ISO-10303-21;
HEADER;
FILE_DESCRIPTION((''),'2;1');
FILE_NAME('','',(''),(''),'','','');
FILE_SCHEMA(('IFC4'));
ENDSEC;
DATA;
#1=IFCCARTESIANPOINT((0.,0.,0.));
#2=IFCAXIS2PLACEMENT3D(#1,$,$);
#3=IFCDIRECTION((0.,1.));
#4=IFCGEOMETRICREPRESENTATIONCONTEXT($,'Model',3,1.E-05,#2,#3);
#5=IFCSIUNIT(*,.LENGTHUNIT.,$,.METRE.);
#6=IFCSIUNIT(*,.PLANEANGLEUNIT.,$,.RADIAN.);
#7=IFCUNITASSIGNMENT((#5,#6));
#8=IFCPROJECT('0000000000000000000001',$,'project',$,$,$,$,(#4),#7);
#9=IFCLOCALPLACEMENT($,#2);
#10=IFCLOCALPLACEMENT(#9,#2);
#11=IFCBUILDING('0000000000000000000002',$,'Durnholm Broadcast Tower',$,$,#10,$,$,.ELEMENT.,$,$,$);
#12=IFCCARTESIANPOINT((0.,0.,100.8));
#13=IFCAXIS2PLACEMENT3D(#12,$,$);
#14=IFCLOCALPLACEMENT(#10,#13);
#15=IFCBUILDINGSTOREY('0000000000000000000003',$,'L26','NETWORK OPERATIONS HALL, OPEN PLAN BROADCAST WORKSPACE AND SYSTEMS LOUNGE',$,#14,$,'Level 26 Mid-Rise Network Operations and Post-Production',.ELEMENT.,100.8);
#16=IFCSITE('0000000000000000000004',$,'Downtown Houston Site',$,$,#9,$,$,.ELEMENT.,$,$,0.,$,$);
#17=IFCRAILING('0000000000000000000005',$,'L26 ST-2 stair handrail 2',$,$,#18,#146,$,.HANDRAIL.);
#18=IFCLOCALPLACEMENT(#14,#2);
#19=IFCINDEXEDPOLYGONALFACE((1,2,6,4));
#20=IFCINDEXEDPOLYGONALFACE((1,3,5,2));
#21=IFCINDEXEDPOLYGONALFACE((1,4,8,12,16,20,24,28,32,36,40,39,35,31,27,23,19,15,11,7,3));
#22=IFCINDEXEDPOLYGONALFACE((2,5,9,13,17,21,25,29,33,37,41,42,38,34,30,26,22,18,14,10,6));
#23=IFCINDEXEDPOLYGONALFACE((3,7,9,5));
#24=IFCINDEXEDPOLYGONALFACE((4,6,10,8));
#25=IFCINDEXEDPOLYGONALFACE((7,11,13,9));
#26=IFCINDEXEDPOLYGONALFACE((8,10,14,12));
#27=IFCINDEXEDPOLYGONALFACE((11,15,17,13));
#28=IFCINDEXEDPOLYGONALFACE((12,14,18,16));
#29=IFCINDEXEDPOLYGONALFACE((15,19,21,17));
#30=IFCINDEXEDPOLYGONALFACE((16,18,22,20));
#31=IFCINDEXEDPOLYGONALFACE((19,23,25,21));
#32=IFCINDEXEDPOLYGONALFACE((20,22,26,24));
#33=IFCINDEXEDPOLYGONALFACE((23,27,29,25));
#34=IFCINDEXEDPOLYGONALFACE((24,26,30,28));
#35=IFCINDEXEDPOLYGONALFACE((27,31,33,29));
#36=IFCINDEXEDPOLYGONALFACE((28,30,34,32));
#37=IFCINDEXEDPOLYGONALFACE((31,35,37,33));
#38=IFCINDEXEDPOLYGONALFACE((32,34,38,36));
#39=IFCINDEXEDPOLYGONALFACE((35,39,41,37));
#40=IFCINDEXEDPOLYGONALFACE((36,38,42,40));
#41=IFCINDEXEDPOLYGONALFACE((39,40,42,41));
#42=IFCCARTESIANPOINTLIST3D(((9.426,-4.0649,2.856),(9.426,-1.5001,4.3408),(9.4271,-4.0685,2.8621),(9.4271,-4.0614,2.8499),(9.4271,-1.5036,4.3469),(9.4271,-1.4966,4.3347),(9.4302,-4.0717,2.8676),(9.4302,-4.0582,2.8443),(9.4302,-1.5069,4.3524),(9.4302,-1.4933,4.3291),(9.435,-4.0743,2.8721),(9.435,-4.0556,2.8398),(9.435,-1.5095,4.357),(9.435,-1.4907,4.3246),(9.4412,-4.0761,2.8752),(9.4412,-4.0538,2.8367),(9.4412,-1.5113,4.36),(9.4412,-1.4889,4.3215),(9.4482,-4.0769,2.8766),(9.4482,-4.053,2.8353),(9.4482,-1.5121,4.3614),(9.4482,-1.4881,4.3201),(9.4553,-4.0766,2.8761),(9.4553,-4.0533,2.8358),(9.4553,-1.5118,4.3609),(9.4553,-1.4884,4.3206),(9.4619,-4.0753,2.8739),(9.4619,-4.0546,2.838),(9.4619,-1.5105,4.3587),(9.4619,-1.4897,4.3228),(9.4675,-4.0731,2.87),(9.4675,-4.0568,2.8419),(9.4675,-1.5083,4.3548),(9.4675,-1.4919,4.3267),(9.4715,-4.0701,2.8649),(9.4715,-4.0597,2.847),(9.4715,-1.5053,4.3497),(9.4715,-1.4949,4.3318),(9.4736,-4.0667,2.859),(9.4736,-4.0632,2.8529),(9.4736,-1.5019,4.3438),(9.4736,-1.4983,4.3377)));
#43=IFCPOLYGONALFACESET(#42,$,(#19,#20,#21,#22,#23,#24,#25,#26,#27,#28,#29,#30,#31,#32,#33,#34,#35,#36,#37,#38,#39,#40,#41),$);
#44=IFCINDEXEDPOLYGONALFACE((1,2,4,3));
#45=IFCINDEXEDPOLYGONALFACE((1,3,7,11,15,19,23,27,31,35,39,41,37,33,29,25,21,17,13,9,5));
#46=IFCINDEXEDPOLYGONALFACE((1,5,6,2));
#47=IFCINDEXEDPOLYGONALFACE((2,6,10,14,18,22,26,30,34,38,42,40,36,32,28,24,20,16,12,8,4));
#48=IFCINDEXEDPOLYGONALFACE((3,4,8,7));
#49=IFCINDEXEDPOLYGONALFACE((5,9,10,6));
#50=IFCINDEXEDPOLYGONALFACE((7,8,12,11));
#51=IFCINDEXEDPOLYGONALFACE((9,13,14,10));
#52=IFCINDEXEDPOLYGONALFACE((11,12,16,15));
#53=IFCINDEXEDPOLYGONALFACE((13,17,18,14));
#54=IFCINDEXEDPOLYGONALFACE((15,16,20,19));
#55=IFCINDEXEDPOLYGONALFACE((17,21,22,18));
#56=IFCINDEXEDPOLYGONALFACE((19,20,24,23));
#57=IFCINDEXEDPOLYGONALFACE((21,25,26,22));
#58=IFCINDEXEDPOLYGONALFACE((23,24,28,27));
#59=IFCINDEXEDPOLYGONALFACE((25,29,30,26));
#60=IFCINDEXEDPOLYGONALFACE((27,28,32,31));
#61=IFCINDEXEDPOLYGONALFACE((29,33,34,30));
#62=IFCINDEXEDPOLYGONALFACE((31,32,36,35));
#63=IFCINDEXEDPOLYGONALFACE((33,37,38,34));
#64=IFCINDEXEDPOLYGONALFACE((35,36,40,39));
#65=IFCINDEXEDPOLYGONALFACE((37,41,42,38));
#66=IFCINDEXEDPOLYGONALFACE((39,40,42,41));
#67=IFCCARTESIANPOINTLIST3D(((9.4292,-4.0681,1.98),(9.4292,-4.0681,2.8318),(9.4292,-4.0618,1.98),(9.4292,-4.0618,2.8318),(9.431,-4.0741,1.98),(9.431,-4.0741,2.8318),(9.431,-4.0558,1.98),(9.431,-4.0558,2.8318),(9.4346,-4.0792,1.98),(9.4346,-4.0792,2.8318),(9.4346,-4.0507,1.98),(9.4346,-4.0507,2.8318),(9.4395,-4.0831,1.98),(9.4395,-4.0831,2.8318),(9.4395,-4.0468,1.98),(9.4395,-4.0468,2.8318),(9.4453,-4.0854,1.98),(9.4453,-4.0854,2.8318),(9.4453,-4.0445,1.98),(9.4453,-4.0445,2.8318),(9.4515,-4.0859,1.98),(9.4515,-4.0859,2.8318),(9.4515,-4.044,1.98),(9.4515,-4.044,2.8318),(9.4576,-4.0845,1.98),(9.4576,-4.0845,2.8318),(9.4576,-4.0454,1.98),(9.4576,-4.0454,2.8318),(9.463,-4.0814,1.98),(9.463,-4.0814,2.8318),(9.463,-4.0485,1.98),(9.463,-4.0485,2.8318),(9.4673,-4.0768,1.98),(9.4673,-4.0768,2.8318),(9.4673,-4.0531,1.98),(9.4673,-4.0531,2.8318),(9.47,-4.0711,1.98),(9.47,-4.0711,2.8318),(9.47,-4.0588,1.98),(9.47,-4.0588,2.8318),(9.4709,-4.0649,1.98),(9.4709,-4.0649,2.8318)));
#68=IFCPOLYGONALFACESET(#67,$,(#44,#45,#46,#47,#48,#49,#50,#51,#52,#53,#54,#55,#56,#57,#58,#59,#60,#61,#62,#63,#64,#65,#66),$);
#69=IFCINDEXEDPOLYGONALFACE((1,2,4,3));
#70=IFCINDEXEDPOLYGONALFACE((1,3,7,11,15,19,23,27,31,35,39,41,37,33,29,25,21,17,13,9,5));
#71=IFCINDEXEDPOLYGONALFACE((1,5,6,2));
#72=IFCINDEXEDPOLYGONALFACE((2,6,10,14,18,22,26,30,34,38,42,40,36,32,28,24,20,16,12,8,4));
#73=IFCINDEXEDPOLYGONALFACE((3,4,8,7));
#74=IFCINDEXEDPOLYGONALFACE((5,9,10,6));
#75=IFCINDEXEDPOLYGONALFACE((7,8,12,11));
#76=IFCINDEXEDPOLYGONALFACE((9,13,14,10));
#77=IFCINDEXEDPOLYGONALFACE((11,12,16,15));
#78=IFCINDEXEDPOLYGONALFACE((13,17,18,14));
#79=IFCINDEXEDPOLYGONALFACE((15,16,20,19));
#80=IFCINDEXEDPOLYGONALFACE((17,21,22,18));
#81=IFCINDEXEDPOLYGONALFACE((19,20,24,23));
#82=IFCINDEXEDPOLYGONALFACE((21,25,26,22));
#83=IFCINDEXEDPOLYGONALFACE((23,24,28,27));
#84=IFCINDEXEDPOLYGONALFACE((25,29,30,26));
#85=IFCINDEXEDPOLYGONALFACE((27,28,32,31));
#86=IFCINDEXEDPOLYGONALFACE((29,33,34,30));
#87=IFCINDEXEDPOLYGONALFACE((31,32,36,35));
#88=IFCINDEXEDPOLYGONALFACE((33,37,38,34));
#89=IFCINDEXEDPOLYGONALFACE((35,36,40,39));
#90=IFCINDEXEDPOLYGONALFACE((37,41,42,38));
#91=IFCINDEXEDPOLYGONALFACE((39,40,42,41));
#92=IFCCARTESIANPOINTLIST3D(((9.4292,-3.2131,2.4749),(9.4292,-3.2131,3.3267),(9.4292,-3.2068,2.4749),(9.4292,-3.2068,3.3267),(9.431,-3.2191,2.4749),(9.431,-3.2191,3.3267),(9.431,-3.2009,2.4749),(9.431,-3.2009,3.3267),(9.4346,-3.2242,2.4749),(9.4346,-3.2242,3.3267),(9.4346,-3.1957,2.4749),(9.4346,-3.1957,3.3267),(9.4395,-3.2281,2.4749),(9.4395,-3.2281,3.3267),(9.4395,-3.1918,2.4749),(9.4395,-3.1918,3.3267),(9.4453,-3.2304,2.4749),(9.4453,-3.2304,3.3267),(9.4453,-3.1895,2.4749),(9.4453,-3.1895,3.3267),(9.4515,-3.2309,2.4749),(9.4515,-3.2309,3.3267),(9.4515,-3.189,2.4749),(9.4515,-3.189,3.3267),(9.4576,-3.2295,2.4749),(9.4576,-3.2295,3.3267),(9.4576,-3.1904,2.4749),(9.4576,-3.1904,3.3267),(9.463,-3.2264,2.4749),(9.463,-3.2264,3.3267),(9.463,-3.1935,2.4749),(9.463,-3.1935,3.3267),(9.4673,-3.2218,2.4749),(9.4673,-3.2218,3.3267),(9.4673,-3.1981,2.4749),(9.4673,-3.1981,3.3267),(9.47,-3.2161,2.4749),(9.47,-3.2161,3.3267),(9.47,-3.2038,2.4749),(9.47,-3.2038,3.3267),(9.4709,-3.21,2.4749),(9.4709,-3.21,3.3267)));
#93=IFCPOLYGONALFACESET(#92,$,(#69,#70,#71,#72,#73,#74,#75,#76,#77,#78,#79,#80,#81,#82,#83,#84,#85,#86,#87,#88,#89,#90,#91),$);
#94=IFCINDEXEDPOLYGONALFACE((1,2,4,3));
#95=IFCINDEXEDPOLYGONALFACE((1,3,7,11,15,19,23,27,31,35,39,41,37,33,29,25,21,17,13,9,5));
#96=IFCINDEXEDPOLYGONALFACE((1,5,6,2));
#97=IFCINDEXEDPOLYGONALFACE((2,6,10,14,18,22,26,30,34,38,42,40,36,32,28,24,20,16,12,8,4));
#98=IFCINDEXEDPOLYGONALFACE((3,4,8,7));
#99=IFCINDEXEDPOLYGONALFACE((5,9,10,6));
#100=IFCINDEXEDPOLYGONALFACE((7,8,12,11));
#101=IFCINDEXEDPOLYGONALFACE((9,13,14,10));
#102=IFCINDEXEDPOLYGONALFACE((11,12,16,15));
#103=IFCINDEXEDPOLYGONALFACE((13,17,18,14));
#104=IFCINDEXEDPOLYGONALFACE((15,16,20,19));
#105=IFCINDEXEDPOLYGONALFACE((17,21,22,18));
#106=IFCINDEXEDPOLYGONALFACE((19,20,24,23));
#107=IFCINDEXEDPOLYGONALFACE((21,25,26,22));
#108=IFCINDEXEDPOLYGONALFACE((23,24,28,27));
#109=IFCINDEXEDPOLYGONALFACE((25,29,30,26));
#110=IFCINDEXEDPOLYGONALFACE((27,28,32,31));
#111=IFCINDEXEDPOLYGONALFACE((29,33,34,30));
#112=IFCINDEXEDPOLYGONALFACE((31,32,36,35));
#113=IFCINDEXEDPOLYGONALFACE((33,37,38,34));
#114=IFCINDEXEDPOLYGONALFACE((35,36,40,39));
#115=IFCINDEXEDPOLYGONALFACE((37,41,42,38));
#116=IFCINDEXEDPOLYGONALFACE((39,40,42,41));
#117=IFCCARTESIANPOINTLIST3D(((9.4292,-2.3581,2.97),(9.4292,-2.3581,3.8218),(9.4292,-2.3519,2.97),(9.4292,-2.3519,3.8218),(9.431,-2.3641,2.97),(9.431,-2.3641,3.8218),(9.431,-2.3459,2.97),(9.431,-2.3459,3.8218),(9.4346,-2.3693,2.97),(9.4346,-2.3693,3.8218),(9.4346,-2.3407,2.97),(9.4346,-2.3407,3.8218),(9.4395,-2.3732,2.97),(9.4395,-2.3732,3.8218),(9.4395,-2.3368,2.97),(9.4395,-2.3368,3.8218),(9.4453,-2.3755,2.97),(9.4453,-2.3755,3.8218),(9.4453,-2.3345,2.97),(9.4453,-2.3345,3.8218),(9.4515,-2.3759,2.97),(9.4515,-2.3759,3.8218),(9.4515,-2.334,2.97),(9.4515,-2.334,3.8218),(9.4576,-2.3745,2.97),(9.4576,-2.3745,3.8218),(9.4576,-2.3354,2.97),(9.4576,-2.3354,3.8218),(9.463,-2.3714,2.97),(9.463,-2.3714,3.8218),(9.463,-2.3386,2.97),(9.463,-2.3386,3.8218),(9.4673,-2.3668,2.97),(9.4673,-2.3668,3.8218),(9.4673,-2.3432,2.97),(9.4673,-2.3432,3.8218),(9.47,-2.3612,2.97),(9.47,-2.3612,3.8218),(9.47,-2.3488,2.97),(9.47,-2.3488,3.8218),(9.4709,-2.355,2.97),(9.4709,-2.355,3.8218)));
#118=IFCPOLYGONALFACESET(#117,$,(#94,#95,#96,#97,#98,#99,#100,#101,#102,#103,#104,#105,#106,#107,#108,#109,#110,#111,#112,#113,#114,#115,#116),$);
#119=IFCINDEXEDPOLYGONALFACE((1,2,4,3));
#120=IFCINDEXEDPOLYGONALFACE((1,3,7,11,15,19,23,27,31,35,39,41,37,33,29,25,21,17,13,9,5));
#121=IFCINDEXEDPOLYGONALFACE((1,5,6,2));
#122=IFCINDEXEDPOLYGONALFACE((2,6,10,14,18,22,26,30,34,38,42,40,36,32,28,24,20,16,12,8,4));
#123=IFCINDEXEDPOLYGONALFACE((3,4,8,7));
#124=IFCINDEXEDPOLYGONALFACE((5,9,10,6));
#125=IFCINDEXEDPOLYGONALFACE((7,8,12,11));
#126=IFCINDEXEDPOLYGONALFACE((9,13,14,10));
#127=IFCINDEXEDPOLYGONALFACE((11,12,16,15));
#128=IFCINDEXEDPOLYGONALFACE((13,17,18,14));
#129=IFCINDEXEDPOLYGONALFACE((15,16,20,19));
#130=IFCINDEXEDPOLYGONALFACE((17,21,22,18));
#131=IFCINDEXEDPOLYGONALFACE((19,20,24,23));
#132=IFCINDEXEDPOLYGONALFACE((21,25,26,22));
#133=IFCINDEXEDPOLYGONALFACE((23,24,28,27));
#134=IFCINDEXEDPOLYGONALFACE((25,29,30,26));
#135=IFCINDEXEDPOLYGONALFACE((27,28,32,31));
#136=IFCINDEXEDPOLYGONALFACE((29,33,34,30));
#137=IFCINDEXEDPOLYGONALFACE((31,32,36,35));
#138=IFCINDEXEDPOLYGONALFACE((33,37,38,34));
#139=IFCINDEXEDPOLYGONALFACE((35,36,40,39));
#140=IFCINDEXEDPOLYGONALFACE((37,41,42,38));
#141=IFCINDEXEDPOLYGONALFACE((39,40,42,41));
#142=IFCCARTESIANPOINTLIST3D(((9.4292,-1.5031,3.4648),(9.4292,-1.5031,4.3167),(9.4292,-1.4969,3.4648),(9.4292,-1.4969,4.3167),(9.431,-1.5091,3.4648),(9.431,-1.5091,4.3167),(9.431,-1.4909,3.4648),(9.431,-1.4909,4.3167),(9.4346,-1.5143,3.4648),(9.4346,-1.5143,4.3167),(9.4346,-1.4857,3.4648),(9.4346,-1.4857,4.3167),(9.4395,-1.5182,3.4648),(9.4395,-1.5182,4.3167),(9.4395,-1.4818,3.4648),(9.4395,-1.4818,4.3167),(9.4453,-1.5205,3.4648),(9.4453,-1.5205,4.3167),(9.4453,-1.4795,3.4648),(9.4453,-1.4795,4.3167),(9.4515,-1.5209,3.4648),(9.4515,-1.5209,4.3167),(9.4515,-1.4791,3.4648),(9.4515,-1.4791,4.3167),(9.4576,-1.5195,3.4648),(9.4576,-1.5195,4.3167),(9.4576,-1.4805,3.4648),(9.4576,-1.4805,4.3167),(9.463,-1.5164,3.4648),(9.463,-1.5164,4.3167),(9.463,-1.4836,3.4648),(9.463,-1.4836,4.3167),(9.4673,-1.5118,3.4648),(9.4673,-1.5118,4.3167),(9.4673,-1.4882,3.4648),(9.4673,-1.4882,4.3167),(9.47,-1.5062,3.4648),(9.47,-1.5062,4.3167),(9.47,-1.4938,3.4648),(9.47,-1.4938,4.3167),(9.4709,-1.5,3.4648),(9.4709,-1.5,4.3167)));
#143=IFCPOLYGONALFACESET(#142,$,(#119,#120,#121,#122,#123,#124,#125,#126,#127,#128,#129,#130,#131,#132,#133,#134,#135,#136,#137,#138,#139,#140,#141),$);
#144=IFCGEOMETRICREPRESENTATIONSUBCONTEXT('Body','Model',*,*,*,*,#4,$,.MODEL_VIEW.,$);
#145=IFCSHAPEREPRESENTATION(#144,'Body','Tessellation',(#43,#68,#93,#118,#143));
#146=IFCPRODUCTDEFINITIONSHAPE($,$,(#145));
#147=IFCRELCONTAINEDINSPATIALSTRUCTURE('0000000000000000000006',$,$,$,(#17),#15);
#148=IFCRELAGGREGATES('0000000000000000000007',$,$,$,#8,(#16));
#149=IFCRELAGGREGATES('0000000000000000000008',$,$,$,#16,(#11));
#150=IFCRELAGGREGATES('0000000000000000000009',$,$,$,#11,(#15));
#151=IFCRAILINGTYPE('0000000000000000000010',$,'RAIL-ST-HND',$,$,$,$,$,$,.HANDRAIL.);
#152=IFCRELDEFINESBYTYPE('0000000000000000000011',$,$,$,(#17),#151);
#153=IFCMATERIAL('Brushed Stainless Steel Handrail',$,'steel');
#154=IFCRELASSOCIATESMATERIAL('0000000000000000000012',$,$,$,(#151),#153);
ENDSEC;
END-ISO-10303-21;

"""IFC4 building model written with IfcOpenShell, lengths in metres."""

from ifc_helpers import new_model, si_unit, direction, frame, origin, origin_2d, place, context, subcontext, project, spatial, circle, extrude, material, type_object, element, save


model = new_model("IFC4")

# Units and contexts
model_context = context("Model", 3, precision=1e-05, world=origin(), true_north=direction((0.0, 1.0)))
body_context = subcontext(model_context, "Body", "Model", "MODEL_VIEW")
ifc_project = project(units=[si_unit("LENGTHUNIT", "METRE"), si_unit("PLANEANGLEUNIT", "RADIAN")], contexts=[model_context])

# Site, building, storey
site_placement = place(None, origin())
site = spatial("IfcSite", under=ifc_project, at=site_placement, Name="Downtown Houston Site", CompositionType="ELEMENT", RefElevation=0.0)
building_placement = place(site_placement, origin())
building = spatial("IfcBuilding", under=site, at=building_placement, Name="Durnholm Broadcast Tower", CompositionType="ELEMENT")
storey_placement = place(building_placement, frame((0.0, 0.0, 100.8)))
storey = spatial("IfcBuildingStorey", under=building, at=storey_placement, Name="L26", Description="NETWORK OPERATIONS HALL, OPEN PLAN BROADCAST WORKSPACE AND SYSTEMS LOUNGE", LongName="Level 26 Mid-Rise Network Operations and Post-Production", CompositionType="ELEMENT", Elevation=100.8)

# Railing
ifc_material_1 = material(Name="Brushed Stainless Steel Handrail", Category="steel")
railing_type_1 = type_object("IfcRailingType", Name="RAIL-ST-HND", PredefinedType="HANDRAIL", material=ifc_material_1)
railing_1_placement = place(storey_placement, frame((9.45, -4.0649, 1.98)))
element("IfcRailing", 1, at=railing_1_placement, inside=storey, type_object=railing_type_1, Name="L26 ST-2 stair handrail 2", PredefinedType="HANDRAIL", context=body_context, shape_type="SweptSolid", body=[
    extrude(circle(Radius=0.0239, at=origin_2d()), frame((0.0, 0.0, 0.876), z_axis=(0.0, 0.865441, 0.50101), x_axis=(-1.0, 0.0, 0.0)), (0.0, 0.0, 1.0), 2.9636),
    extrude(circle(Radius=0.021, at=origin_2d()), origin(), (0.0, 0.0, 1.0), 0.8518),
    extrude(circle(Radius=0.021, at=origin_2d()), frame((0.0, 0.855, 0.4949)), (0.0, 0.0, 1.0), 0.8518),
    extrude(circle(Radius=0.021, at=origin_2d()), frame((0.0, 1.71, 0.99)), (0.0, 0.0, 1.0), 0.8518),
    extrude(circle(Radius=0.021, at=origin_2d()), frame((0.0, 2.5649, 1.4849)), (0.0, 0.0, 1.0), 0.8518),
])

save(model, "model.ifc")
